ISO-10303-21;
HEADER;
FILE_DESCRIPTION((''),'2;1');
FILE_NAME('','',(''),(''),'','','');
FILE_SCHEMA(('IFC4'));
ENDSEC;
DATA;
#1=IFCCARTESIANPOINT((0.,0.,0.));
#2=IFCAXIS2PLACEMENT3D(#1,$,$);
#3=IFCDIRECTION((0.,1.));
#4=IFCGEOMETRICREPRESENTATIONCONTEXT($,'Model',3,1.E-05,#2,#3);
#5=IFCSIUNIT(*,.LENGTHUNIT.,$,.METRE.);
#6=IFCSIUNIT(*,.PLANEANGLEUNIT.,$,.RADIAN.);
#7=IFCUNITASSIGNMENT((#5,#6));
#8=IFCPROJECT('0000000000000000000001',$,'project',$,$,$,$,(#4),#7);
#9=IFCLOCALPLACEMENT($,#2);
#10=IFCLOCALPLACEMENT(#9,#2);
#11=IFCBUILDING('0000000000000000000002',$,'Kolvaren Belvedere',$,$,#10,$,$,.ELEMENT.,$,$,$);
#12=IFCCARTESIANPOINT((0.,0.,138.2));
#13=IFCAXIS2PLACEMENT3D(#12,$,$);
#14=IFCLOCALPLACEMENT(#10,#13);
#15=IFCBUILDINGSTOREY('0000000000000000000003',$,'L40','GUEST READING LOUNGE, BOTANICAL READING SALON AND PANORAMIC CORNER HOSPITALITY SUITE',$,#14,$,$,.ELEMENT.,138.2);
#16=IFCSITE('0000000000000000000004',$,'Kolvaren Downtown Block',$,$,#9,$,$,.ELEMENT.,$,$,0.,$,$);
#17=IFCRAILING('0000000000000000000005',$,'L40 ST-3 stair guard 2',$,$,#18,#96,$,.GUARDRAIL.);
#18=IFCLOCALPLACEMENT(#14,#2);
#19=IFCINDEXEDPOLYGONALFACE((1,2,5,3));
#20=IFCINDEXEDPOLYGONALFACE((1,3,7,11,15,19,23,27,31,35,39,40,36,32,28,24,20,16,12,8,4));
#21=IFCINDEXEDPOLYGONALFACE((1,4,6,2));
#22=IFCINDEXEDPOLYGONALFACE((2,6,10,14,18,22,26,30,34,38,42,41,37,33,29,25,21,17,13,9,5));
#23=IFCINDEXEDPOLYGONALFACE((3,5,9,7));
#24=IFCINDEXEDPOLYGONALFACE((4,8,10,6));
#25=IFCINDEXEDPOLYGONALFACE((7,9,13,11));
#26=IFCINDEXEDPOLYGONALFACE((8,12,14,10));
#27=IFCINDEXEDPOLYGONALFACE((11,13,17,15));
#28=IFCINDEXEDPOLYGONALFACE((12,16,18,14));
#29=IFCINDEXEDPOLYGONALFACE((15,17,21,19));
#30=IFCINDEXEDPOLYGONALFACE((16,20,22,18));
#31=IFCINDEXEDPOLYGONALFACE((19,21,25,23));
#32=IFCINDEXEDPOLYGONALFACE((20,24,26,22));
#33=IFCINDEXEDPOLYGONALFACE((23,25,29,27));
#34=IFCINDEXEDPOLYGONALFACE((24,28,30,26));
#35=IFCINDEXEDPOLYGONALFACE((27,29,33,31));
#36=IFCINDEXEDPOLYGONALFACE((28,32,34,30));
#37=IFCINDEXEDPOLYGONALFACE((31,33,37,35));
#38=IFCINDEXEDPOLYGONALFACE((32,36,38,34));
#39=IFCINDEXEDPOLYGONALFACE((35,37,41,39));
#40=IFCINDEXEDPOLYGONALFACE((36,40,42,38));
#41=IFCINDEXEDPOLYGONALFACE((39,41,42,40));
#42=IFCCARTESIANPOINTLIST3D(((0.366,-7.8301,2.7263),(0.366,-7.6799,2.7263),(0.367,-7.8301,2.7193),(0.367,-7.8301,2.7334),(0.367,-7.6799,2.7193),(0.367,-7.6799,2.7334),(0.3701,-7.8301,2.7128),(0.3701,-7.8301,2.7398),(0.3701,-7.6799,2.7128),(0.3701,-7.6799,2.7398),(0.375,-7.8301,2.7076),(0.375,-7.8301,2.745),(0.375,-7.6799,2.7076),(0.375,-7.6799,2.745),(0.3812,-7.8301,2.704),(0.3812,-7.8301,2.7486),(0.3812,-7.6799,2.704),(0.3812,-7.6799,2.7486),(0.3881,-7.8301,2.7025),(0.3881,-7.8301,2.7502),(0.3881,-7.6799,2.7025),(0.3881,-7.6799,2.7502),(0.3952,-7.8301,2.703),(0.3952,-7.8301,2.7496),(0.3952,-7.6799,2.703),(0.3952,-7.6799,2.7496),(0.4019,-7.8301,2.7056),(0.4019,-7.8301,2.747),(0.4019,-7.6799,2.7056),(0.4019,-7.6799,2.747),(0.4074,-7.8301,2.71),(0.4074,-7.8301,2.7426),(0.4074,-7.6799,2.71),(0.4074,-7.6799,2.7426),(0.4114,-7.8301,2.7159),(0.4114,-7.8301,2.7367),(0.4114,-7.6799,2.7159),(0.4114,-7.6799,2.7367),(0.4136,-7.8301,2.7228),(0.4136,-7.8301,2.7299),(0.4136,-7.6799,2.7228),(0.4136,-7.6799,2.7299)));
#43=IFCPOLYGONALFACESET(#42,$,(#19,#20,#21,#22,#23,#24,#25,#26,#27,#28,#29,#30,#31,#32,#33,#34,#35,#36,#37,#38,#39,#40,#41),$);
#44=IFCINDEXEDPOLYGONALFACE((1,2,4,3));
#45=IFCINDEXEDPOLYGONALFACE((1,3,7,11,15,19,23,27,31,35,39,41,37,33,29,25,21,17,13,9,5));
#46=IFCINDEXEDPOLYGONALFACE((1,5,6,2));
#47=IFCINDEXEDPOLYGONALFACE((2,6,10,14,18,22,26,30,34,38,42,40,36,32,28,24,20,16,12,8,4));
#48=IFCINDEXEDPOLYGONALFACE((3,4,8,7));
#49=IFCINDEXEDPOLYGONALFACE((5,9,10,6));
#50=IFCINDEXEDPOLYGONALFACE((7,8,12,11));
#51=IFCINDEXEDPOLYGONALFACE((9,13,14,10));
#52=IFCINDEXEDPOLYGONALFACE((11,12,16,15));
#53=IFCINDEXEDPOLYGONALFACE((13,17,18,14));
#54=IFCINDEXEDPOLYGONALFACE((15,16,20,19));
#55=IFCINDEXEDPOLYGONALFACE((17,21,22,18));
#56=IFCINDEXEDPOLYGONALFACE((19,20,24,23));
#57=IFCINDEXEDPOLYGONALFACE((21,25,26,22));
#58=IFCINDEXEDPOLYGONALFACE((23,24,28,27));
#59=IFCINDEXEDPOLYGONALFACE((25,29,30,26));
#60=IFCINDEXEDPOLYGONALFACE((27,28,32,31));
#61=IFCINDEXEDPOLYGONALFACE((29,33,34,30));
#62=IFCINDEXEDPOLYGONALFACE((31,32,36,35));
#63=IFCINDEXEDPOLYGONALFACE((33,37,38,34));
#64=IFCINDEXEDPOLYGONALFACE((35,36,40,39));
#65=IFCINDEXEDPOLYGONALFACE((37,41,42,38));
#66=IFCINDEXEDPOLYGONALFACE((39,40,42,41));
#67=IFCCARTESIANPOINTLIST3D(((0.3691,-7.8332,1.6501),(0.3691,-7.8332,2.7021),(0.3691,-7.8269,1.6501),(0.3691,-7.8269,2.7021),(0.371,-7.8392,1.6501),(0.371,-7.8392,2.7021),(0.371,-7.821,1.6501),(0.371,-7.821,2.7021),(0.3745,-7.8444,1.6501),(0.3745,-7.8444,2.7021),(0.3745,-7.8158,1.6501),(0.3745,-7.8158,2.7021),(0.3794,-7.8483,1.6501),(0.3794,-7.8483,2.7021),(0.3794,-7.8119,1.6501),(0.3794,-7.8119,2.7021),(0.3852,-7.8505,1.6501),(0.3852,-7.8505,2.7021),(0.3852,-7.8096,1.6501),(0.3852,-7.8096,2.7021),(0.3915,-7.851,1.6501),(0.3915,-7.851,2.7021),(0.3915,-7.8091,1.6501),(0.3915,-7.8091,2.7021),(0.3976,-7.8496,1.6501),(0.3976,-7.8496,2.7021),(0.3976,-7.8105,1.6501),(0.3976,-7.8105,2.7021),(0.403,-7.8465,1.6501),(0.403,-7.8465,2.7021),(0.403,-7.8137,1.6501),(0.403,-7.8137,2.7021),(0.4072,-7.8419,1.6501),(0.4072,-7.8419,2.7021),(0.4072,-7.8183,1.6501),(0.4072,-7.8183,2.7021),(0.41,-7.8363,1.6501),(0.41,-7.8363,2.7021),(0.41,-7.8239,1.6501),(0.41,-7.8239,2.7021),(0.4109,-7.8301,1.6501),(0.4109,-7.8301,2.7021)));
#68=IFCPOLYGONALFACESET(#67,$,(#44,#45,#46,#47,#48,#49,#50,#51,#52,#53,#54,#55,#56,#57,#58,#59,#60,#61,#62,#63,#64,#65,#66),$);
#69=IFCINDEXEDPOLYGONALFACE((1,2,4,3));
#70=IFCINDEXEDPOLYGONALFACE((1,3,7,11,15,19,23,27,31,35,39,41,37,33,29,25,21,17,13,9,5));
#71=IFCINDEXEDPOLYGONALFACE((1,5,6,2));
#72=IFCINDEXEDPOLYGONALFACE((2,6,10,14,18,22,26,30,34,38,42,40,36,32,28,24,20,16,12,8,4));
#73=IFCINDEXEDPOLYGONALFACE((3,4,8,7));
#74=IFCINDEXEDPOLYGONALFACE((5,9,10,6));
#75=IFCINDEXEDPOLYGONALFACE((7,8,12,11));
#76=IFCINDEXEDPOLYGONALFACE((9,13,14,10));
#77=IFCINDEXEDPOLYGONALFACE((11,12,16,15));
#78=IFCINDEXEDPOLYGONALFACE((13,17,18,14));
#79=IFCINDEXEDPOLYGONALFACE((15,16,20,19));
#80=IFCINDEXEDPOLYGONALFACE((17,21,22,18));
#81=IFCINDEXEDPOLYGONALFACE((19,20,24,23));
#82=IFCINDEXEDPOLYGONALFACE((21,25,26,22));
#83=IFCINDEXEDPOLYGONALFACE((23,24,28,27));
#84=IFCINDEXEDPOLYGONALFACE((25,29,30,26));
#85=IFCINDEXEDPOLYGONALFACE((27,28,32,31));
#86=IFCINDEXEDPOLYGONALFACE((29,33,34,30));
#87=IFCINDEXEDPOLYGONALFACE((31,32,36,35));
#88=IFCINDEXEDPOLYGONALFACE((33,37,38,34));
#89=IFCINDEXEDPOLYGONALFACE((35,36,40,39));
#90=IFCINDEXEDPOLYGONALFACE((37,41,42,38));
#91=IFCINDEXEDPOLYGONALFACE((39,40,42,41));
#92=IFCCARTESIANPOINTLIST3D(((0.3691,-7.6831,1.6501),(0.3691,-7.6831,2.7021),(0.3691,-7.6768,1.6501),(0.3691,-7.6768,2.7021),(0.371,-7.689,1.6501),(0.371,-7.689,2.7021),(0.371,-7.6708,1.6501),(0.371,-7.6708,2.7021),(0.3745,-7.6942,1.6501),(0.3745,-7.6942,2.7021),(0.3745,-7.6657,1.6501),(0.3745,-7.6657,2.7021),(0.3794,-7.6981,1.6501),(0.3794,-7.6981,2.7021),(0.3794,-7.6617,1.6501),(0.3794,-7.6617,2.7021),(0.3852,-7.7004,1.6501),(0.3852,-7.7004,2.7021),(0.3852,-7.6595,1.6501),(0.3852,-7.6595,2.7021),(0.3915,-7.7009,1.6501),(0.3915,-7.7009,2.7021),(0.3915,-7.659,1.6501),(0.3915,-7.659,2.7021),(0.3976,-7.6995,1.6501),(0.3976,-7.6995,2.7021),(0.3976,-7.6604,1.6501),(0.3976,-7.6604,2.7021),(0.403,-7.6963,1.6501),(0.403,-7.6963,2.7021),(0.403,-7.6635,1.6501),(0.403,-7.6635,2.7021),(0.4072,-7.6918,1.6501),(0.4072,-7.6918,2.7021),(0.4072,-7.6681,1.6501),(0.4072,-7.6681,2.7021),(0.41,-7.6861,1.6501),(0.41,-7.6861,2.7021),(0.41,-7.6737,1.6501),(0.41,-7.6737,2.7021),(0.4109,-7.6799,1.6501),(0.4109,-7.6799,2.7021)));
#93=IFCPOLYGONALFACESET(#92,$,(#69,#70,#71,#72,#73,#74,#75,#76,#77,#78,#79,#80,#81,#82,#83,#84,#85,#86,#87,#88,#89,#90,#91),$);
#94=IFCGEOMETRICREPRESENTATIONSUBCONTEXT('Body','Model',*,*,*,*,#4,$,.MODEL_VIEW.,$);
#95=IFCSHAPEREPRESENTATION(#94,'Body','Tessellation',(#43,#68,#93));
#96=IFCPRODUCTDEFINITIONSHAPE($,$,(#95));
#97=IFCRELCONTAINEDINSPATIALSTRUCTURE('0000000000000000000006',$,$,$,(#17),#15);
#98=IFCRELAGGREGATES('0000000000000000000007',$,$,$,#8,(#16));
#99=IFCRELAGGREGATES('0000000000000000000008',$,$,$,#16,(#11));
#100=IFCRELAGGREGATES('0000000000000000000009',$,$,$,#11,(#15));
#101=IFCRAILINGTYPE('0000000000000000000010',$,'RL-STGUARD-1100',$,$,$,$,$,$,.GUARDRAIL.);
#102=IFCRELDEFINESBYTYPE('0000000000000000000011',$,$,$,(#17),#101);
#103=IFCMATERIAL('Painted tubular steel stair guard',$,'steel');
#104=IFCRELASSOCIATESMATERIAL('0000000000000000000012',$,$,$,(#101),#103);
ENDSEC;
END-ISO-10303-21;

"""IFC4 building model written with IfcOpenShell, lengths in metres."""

from ifc_helpers import new_model, si_unit, direction, frame, origin, origin_2d, place, context, subcontext, project, spatial, circle, extrude, material, type_object, element, save


model = new_model("IFC4")

# Units and contexts
model_context = context("Model", 3, precision=1e-05, world=origin(), true_north=direction((0.0, 1.0)))
body_context = subcontext(model_context, "Body", "Model", "MODEL_VIEW")
ifc_project = project(units=[si_unit("LENGTHUNIT", "METRE"), si_unit("PLANEANGLEUNIT", "RADIAN")], contexts=[model_context])

# Site, building, storey
site_placement = place(None, origin())
site = spatial("IfcSite", under=ifc_project, at=site_placement, Name="Kolvaren Downtown Block", CompositionType="ELEMENT", RefElevation=0.0)
building_placement = place(site_placement, origin())
building = spatial("IfcBuilding", under=site, at=building_placement, Name="Kolvaren Belvedere", CompositionType="ELEMENT")
storey_placement = place(building_placement, frame((0.0, 0.0, 138.2)))
storey = spatial("IfcBuildingStorey", under=building, at=storey_placement, Name="L40", Description="GUEST READING LOUNGE, BOTANICAL READING SALON AND PANORAMIC CORNER HOSPITALITY SUITE", CompositionType="ELEMENT", Elevation=138.2)

# Railing
ifc_material_1 = material(Name="Painted tubular steel stair guard", Category="steel")
railing_type_1 = type_object("IfcRailingType", Name="RL-STGUARD-1100", PredefinedType="GUARDRAIL", material=ifc_material_1)
railing_1_placement = place(storey_placement, frame((0.3899, -7.8301, 1.6501)))
element("IfcRailing", 1, at=railing_1_placement, inside=storey, type_object=railing_type_1, Name="L40 ST-3 stair guard 2", PredefinedType="GUARDRAIL", context=body_context, shape_type="SweptSolid", body=[
    extrude(circle(Radius=0.0239, at=origin_2d()), frame((0.0, 0.0, 1.0762), z_axis=(0.0, 1.0, 0.0), x_axis=(-1.0, 0.0, 0.0)), (0.0, 0.0, 1.0), 0.1501),
    extrude(circle(Radius=0.021, at=origin_2d()), origin(), (0.0, 0.0, 1.0), 1.052),
    extrude(circle(Radius=0.021, at=origin_2d()), frame((0.0, 0.1501, 0.0)), (0.0, 0.0, 1.0), 1.052),
])

save(model, "model.ifc")
